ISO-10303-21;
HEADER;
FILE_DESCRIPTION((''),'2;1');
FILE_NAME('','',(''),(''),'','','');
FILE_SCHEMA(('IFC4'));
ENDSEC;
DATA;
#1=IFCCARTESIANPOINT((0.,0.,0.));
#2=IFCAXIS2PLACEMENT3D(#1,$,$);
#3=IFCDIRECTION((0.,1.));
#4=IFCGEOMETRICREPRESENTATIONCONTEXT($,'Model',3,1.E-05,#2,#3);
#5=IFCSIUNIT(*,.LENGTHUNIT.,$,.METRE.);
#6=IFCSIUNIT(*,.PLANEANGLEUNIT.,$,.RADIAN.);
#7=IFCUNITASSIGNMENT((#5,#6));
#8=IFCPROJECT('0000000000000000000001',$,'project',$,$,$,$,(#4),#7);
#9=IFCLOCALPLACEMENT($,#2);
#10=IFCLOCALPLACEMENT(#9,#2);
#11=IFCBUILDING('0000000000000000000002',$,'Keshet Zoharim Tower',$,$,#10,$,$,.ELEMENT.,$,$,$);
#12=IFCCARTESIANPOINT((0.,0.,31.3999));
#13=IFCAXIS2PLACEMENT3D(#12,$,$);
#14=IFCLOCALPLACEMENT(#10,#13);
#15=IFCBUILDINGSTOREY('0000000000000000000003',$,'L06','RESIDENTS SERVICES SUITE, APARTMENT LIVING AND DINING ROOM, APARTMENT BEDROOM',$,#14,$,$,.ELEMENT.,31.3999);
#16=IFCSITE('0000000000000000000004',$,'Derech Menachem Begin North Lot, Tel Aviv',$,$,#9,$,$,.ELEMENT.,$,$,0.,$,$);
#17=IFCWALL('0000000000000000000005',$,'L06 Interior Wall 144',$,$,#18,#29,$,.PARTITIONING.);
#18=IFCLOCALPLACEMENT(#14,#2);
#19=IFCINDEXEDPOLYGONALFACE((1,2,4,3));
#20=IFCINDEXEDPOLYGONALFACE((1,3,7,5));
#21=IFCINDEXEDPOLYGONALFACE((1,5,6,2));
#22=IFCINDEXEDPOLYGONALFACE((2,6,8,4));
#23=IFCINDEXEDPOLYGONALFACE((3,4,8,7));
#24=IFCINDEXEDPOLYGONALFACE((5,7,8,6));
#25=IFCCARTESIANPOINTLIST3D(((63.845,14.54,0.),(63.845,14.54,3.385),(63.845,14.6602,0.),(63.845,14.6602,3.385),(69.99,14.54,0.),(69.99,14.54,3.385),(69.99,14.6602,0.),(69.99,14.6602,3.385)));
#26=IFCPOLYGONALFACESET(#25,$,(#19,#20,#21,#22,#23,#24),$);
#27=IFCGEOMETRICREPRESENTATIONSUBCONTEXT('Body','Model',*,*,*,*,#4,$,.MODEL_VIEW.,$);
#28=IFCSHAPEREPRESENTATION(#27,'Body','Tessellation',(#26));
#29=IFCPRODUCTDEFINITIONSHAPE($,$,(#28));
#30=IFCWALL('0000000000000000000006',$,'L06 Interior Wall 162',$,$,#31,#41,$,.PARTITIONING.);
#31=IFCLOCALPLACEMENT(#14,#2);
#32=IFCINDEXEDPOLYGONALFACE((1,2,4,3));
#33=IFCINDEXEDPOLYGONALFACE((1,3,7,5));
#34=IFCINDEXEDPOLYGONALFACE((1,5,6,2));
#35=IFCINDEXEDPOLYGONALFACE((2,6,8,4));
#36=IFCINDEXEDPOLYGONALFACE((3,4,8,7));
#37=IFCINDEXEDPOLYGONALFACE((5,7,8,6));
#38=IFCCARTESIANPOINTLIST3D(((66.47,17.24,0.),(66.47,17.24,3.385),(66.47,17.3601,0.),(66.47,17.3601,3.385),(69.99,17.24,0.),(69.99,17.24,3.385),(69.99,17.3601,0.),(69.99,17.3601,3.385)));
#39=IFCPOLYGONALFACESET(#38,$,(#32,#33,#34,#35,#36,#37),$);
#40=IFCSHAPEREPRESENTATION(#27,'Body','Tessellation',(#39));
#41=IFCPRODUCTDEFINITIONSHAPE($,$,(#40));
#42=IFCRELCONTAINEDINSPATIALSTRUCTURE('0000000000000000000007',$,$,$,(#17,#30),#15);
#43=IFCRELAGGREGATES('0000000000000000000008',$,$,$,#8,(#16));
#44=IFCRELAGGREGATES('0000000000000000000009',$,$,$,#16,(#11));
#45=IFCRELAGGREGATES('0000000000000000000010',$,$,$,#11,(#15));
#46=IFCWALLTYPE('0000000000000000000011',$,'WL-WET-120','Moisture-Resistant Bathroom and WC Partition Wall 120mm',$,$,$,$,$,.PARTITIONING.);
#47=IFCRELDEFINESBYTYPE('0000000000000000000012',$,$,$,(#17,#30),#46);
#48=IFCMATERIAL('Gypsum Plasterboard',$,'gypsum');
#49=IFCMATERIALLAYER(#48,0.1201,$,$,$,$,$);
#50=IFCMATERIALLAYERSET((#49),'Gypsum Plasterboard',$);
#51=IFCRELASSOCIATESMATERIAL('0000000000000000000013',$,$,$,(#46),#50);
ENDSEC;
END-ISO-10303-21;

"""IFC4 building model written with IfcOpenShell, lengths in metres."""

from ifc_helpers import new_model, si_unit, direction, frame, frame_2d, origin, place, context, subcontext, project, spatial, rectangle, extrude, material, layer, layer_set, type_object, element, save


model = new_model("IFC4")

# Units and contexts
model_context = context("Model", 3, precision=1e-05, world=origin(), true_north=direction((0.0, 1.0)))
body_context = subcontext(model_context, "Body", "Model", "MODEL_VIEW")
ifc_project = project(units=[si_unit("LENGTHUNIT", "METRE"), si_unit("PLANEANGLEUNIT", "RADIAN")], contexts=[model_context])

# Site, building, storey
site_placement = place(None, origin())
site = spatial("IfcSite", under=ifc_project, at=site_placement, Name="Derech Menachem Begin North Lot, Tel Aviv", CompositionType="ELEMENT", RefElevation=0.0)
building_placement = place(site_placement, origin())
building = spatial("IfcBuilding", under=site, at=building_placement, Name="Keshet Zoharim Tower", CompositionType="ELEMENT")
storey_placement = place(building_placement, frame((0.0, 0.0, 31.3999)))
storey = spatial("IfcBuildingStorey", under=building, at=storey_placement, Name="L06", Description="RESIDENTS SERVICES SUITE, APARTMENT LIVING AND DINING ROOM, APARTMENT BEDROOM", CompositionType="ELEMENT", Elevation=31.3999)

# Shared definitions
ifc_material_1 = material(Name="Gypsum Plasterboard", Category="gypsum")

# Shared definitions
ifc_layer_1 = layer(ifc_material_1, 0.1201)
ifc_layer_set_1 = layer_set([ifc_layer_1], Name="Gypsum Plasterboard")
wall_type_1 = type_object("IfcWallType", Name="WL-WET-120", Description="Moisture-Resistant Bathroom and WC Partition Wall 120mm", PredefinedType="PARTITIONING", material=ifc_layer_set_1)

# Walls
wall_1_placement = place(storey_placement, frame((63.845, 14.6001, 0.0), z_axis=(0.0, 0.0, 1.0), x_axis=(1.0, 0.0, 0.0)))
element("IfcWall", 1, at=wall_1_placement, inside=storey, type_object=wall_type_1, Name="L06 Interior Wall 144", PredefinedType="PARTITIONING", context=body_context, shape_type="SweptSolid", body=[
    extrude(rectangle(XDim=6.145, YDim=0.1201, at=frame_2d((3.0725, 0.0))), origin(), (0.0, 0.0, 1.0), 3.385),
])
wall_2_placement = place(storey_placement, frame((66.47, 17.3, 0.0), z_axis=(0.0, 0.0, 1.0), x_axis=(1.0, 0.0, 0.0)))
element("IfcWall", 2, at=wall_2_placement, inside=storey, type_object=wall_type_1, Name="L06 Interior Wall 162", PredefinedType="PARTITIONING", context=body_context, shape_type="SweptSolid", body=[
    extrude(rectangle(XDim=3.52, YDim=0.1201, at=frame_2d((1.76, 0.0))), origin(), (0.0, 0.0, 1.0), 3.385),
])

save(model, "model.ifc")
